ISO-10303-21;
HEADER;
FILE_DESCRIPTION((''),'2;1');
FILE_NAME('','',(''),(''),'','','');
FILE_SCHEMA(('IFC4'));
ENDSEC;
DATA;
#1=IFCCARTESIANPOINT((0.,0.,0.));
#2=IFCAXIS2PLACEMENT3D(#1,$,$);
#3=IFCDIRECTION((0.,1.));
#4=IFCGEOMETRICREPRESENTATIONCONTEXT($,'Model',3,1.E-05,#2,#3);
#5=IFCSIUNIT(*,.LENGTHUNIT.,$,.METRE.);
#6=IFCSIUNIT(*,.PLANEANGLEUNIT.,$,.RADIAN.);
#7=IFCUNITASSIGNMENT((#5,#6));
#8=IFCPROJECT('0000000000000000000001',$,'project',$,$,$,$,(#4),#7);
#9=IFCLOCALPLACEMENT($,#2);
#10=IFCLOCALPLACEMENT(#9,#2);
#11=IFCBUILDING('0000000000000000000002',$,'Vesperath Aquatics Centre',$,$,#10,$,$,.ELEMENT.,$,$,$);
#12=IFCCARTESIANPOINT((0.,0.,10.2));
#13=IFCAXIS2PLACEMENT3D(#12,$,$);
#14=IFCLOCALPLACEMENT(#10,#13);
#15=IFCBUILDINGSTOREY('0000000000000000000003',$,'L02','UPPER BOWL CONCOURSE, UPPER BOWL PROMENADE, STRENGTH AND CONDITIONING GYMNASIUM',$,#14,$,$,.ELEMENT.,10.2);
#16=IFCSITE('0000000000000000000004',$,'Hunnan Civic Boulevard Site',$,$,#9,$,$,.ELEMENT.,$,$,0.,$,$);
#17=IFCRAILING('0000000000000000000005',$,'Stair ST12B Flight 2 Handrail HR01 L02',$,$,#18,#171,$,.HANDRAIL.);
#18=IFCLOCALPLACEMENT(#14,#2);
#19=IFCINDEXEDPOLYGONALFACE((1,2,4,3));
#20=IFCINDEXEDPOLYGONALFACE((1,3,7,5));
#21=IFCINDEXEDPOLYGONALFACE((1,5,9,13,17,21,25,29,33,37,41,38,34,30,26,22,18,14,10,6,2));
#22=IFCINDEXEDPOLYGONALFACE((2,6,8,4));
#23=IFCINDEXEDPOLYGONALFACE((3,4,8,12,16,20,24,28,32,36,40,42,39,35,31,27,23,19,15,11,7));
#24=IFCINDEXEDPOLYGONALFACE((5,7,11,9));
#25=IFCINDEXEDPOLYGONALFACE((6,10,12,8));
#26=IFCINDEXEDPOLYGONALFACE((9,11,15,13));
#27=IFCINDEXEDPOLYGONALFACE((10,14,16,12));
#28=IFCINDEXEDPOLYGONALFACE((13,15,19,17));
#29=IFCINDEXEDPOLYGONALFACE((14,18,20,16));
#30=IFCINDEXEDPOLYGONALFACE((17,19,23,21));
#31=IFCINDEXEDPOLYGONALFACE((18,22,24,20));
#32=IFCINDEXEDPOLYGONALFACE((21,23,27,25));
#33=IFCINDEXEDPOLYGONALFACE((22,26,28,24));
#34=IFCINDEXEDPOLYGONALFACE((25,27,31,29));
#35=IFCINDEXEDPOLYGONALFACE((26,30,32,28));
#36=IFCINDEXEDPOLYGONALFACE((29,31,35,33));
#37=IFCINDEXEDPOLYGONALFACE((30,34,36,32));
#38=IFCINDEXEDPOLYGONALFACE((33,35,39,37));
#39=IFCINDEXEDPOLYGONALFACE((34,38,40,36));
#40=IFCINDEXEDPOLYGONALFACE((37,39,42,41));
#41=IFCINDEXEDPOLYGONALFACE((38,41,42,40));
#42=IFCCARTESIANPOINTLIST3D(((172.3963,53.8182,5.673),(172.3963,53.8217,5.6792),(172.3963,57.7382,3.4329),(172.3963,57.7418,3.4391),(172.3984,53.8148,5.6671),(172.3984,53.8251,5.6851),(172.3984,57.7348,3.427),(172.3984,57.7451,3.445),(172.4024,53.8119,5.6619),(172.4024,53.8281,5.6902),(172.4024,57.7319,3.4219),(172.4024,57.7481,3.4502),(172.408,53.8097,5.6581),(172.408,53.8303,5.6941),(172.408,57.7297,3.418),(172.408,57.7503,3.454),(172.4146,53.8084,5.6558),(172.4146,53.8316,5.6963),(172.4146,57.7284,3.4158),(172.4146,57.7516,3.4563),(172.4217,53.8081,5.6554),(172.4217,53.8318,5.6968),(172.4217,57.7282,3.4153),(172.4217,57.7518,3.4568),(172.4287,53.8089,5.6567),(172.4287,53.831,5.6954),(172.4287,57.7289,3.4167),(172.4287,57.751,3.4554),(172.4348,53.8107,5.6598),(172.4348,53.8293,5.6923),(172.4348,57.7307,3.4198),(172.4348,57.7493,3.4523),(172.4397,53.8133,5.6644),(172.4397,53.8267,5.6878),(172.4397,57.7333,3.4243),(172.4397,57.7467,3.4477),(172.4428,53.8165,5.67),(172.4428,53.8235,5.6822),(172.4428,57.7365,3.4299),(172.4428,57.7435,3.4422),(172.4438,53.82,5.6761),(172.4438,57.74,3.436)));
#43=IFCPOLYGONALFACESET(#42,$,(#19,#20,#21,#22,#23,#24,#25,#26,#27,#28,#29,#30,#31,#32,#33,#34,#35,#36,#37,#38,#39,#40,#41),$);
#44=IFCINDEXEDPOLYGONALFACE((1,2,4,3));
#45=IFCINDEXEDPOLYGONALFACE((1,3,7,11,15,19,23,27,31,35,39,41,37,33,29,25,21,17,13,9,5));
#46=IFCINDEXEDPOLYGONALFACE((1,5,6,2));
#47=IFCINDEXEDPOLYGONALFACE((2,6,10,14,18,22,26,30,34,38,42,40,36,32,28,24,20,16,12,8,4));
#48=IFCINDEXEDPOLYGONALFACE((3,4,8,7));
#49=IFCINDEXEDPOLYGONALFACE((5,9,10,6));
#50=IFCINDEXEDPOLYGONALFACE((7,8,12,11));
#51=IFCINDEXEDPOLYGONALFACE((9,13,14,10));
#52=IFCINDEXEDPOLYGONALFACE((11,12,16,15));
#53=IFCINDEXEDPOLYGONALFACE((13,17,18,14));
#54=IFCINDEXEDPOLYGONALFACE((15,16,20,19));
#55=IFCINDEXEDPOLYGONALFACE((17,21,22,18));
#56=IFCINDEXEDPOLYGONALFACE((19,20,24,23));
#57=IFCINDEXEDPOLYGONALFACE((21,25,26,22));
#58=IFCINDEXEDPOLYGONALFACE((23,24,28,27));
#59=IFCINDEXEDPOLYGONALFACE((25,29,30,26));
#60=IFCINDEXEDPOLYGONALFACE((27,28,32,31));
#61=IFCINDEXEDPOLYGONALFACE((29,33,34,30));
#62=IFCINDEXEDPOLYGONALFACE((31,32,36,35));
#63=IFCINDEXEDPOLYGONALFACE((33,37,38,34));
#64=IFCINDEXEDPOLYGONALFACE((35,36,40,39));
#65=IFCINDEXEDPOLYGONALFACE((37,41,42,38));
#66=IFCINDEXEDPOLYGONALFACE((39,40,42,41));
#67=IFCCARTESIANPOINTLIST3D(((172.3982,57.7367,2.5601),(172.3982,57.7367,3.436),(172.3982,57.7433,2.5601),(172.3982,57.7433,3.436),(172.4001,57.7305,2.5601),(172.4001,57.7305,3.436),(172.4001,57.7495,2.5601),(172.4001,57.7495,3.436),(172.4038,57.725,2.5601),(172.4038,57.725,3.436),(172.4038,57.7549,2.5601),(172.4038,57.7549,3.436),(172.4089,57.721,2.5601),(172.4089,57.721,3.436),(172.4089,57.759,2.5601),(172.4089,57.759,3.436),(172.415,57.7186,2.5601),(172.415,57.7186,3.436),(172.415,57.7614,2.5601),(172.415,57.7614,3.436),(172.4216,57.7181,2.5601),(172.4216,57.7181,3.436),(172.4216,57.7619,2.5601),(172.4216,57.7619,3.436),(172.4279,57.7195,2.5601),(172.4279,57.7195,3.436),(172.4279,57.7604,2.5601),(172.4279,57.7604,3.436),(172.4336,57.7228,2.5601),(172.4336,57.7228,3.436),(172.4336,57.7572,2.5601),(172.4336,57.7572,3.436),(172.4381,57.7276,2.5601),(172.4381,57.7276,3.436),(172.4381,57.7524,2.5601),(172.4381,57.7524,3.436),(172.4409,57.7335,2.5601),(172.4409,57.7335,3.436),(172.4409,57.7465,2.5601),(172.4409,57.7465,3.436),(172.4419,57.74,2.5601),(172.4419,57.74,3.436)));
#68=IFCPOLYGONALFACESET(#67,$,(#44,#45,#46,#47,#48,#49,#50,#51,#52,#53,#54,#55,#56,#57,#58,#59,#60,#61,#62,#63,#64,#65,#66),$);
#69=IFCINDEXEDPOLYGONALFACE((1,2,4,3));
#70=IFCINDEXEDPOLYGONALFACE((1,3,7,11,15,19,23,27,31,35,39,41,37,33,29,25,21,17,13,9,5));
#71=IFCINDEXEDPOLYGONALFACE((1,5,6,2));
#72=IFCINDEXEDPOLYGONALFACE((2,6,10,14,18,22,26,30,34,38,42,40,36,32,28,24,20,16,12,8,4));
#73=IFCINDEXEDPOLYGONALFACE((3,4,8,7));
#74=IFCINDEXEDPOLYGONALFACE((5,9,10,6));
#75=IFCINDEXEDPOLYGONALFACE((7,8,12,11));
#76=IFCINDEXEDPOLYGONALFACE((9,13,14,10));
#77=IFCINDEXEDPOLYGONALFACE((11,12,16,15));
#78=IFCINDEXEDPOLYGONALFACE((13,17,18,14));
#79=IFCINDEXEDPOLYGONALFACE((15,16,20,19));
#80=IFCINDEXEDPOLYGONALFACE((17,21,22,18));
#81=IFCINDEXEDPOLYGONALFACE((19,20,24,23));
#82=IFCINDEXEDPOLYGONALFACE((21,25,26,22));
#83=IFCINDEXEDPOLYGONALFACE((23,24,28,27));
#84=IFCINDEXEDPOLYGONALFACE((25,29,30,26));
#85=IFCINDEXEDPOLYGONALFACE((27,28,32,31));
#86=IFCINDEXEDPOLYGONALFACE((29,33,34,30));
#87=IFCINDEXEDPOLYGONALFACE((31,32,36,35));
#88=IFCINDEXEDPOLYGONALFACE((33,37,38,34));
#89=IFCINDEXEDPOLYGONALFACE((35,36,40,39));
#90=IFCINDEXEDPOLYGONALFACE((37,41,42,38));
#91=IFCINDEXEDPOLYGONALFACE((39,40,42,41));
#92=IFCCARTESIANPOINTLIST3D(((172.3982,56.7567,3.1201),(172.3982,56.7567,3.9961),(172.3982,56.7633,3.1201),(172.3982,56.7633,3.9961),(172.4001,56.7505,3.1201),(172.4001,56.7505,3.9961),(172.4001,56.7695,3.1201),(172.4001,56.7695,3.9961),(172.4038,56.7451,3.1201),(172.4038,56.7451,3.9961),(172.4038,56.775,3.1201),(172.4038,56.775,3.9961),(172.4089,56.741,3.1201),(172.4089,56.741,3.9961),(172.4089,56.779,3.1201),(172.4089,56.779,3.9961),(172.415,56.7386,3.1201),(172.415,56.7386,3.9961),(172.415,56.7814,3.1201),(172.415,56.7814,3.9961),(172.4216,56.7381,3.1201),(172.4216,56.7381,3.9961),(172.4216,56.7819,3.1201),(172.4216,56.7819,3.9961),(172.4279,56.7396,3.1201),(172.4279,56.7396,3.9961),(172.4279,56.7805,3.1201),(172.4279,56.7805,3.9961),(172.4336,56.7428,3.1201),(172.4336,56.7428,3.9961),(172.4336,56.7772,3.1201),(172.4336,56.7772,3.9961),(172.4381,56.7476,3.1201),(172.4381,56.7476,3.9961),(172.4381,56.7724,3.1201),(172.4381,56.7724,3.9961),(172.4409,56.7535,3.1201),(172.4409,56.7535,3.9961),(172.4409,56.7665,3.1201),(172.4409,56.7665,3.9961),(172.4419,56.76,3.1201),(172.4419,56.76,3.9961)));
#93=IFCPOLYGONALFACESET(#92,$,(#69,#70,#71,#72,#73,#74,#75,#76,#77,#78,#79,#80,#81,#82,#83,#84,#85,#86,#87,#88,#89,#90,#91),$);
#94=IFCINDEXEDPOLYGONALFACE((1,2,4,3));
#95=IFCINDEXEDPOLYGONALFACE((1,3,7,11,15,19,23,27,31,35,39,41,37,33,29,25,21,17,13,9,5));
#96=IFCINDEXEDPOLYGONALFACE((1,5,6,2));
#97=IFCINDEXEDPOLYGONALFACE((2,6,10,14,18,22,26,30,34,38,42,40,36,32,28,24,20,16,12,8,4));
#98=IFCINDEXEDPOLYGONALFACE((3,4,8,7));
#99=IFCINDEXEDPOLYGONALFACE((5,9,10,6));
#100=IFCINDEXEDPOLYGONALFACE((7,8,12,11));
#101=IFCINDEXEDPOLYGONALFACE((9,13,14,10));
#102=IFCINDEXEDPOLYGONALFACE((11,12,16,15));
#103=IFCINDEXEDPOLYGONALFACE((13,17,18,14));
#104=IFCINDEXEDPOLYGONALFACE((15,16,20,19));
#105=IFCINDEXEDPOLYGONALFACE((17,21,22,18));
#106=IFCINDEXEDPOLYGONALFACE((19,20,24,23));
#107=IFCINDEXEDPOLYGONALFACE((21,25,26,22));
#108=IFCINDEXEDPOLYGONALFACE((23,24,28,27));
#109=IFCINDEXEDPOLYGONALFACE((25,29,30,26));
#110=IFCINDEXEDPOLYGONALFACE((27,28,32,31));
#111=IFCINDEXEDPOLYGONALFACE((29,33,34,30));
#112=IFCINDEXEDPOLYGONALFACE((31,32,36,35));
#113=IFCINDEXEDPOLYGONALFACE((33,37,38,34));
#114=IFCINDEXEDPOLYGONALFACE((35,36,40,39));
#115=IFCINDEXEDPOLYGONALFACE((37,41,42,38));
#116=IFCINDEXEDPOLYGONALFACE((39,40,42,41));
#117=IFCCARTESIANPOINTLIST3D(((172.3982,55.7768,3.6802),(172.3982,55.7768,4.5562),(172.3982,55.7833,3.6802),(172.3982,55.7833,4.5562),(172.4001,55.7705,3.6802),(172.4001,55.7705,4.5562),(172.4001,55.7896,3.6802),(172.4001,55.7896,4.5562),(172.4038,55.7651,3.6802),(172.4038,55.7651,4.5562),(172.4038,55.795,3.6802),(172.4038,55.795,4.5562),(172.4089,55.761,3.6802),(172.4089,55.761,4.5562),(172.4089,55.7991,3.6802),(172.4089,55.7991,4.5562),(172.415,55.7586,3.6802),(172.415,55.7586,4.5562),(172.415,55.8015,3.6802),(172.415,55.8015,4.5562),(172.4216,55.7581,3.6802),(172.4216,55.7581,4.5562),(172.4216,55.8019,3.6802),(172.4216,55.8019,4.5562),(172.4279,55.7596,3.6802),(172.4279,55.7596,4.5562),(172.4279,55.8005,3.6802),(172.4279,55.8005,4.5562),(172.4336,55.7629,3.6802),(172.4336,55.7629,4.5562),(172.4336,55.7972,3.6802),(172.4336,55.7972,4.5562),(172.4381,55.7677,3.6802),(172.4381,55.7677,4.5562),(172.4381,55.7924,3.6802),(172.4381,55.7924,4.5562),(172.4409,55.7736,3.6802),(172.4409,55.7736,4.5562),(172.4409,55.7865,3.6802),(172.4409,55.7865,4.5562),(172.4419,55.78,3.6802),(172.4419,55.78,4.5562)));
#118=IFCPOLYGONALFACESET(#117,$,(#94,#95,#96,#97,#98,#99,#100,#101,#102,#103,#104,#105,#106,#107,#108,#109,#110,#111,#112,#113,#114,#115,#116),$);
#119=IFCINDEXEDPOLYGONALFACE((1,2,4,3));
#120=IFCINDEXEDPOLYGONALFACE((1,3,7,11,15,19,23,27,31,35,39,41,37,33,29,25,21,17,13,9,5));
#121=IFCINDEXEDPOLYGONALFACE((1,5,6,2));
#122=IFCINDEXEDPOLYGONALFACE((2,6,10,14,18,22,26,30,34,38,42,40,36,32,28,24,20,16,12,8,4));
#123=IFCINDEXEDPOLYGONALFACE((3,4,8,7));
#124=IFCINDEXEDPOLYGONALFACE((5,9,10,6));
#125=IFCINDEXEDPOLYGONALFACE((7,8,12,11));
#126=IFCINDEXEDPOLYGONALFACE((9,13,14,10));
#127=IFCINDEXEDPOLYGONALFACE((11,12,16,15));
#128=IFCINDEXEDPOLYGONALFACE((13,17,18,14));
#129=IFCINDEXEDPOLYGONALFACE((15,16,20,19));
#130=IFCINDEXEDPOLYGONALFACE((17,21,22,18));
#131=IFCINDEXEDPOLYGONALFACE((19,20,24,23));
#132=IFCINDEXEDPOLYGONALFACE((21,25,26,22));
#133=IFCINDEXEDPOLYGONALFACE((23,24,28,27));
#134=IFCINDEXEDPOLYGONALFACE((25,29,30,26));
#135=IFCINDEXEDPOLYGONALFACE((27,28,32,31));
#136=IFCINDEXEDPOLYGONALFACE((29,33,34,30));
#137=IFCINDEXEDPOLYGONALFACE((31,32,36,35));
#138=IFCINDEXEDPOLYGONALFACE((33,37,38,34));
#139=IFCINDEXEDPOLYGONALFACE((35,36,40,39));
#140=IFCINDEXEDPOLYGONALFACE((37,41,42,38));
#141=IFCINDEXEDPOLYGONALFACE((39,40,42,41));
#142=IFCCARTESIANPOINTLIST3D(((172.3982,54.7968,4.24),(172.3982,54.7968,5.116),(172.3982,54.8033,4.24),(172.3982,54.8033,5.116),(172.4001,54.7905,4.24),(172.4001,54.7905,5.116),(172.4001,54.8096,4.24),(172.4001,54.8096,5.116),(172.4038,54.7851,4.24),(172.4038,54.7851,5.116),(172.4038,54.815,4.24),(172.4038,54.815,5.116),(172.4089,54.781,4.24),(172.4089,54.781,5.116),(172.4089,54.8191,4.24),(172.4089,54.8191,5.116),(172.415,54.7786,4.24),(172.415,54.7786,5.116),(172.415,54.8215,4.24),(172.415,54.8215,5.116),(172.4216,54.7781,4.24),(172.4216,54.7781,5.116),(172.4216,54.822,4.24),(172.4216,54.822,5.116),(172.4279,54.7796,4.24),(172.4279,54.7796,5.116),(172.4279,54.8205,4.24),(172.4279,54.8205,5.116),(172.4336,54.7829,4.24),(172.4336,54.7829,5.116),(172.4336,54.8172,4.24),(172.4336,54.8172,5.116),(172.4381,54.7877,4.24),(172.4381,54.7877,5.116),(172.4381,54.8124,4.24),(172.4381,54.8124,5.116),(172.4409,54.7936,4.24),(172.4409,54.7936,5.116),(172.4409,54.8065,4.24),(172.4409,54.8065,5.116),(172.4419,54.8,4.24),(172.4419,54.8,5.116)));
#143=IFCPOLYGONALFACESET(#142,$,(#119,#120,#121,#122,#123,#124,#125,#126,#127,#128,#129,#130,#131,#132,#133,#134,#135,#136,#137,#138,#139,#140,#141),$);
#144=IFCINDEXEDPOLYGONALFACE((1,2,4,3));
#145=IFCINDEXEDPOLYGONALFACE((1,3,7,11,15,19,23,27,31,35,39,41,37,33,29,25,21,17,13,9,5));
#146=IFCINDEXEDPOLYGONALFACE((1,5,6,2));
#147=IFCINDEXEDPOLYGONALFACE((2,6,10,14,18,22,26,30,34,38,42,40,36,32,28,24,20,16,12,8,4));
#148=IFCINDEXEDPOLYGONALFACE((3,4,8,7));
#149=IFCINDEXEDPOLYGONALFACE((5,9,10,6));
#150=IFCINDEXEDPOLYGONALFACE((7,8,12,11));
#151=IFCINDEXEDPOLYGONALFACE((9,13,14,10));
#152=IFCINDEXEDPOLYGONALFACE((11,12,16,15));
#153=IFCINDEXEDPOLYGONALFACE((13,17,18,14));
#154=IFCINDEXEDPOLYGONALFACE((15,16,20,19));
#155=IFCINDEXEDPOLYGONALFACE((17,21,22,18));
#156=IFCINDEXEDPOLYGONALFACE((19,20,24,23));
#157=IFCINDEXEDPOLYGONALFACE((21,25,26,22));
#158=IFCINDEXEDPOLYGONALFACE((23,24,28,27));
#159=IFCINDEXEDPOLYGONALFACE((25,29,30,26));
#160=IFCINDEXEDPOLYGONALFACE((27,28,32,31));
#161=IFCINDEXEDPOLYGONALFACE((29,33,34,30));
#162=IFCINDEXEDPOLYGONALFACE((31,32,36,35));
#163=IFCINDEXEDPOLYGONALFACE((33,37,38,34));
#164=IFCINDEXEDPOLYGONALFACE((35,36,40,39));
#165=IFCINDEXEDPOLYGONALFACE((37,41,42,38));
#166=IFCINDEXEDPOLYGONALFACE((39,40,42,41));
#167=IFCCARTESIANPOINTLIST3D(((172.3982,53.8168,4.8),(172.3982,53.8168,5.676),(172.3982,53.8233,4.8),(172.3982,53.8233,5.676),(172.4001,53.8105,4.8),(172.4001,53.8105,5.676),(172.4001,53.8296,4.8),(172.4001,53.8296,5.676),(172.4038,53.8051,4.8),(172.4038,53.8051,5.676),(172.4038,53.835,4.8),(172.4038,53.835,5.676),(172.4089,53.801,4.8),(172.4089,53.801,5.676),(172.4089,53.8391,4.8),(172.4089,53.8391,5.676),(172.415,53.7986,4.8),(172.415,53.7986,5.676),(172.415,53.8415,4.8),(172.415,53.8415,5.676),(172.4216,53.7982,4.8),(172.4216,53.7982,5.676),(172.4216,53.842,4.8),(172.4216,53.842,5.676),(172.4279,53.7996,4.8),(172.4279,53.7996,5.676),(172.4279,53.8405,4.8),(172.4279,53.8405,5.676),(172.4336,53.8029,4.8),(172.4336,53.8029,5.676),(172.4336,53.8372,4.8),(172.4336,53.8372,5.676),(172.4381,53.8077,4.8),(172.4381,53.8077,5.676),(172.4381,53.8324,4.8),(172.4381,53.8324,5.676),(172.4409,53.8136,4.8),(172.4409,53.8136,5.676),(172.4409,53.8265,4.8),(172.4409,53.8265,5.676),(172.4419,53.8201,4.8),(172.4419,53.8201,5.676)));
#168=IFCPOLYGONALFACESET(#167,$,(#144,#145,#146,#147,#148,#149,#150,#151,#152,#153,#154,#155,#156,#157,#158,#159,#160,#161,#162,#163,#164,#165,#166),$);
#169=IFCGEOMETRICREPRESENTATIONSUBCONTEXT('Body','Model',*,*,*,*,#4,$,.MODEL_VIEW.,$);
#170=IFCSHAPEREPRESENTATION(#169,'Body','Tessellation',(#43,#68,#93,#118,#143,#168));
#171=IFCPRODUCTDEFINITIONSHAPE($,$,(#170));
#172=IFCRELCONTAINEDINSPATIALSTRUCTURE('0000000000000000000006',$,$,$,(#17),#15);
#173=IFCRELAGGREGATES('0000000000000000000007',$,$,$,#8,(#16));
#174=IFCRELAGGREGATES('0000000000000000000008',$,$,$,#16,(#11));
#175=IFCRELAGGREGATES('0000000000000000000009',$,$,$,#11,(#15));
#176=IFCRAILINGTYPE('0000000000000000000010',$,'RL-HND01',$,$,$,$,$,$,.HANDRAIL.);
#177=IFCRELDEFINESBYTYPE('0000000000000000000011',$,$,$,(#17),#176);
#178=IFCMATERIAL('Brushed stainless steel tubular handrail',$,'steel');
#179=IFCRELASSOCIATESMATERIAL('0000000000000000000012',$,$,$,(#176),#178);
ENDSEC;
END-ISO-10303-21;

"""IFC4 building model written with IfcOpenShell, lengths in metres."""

from ifc_helpers import new_model, si_unit, direction, frame, origin, origin_2d, place, context, subcontext, project, spatial, circle, extrude, material, type_object, element, save


model = new_model("IFC4")

# Units and contexts
model_context = context("Model", 3, precision=1e-05, world=origin(), true_north=direction((0.0, 1.0)))
body_context = subcontext(model_context, "Body", "Model", "MODEL_VIEW")
ifc_project = project(units=[si_unit("LENGTHUNIT", "METRE"), si_unit("PLANEANGLEUNIT", "RADIAN")], contexts=[model_context])

# Site, building, storey
site_placement = place(None, origin())
site = spatial("IfcSite", under=ifc_project, at=site_placement, Name="Hunnan Civic Boulevard Site", CompositionType="ELEMENT", RefElevation=0.0)
building_placement = place(site_placement, origin())
building = spatial("IfcBuilding", under=site, at=building_placement, Name="Vesperath Aquatics Centre", CompositionType="ELEMENT")
storey_placement = place(building_placement, frame((0.0, 0.0, 10.2)))
storey = spatial("IfcBuildingStorey", under=building, at=storey_placement, Name="L02", Description="UPPER BOWL CONCOURSE, UPPER BOWL PROMENADE, STRENGTH AND CONDITIONING GYMNASIUM", CompositionType="ELEMENT", Elevation=10.2)

# Railing
ifc_material_1 = material(Name="Brushed stainless steel tubular handrail", Category="steel")
railing_type_1 = type_object("IfcRailingType", Name="RL-HND01", PredefinedType="HANDRAIL", material=ifc_material_1)
railing_1_placement = place(storey_placement, frame((172.4199, 57.74, 2.5601)))
element("IfcRailing", 1, at=railing_1_placement, inside=storey, type_object=railing_type_1, Name="Stair ST12B Flight 2 Handrail HR01 L02", PredefinedType="HANDRAIL", context=body_context, shape_type="SweptSolid", body=[
    extrude(circle(Radius=0.0239, at=origin_2d()), frame((0.0, 0.0, 0.876), z_axis=(0.0, -0.86824, 0.496145), x_axis=(1.0, 0.0, 0.0)), (0.0, 0.0, 1.0), 4.5149),
    extrude(circle(Radius=0.022, at=origin_2d()), origin(), (0.0, 0.0, 1.0), 0.876),
    extrude(circle(Radius=0.022, at=origin_2d()), frame((0.0, -0.98, 0.5601)), (0.0, 0.0, 1.0), 0.876),
    extrude(circle(Radius=0.022, at=origin_2d()), frame((0.0, -1.96, 1.1201)), (0.0, 0.0, 1.0), 0.876),
    extrude(circle(Radius=0.022, at=origin_2d()), frame((0.0, -2.9399, 1.6799)), (0.0, 0.0, 1.0), 0.876),
    extrude(circle(Radius=0.022, at=origin_2d()), frame((0.0, -3.9199, 2.24)), (0.0, 0.0, 1.0), 0.876),
])

save(model, "model.ifc")
